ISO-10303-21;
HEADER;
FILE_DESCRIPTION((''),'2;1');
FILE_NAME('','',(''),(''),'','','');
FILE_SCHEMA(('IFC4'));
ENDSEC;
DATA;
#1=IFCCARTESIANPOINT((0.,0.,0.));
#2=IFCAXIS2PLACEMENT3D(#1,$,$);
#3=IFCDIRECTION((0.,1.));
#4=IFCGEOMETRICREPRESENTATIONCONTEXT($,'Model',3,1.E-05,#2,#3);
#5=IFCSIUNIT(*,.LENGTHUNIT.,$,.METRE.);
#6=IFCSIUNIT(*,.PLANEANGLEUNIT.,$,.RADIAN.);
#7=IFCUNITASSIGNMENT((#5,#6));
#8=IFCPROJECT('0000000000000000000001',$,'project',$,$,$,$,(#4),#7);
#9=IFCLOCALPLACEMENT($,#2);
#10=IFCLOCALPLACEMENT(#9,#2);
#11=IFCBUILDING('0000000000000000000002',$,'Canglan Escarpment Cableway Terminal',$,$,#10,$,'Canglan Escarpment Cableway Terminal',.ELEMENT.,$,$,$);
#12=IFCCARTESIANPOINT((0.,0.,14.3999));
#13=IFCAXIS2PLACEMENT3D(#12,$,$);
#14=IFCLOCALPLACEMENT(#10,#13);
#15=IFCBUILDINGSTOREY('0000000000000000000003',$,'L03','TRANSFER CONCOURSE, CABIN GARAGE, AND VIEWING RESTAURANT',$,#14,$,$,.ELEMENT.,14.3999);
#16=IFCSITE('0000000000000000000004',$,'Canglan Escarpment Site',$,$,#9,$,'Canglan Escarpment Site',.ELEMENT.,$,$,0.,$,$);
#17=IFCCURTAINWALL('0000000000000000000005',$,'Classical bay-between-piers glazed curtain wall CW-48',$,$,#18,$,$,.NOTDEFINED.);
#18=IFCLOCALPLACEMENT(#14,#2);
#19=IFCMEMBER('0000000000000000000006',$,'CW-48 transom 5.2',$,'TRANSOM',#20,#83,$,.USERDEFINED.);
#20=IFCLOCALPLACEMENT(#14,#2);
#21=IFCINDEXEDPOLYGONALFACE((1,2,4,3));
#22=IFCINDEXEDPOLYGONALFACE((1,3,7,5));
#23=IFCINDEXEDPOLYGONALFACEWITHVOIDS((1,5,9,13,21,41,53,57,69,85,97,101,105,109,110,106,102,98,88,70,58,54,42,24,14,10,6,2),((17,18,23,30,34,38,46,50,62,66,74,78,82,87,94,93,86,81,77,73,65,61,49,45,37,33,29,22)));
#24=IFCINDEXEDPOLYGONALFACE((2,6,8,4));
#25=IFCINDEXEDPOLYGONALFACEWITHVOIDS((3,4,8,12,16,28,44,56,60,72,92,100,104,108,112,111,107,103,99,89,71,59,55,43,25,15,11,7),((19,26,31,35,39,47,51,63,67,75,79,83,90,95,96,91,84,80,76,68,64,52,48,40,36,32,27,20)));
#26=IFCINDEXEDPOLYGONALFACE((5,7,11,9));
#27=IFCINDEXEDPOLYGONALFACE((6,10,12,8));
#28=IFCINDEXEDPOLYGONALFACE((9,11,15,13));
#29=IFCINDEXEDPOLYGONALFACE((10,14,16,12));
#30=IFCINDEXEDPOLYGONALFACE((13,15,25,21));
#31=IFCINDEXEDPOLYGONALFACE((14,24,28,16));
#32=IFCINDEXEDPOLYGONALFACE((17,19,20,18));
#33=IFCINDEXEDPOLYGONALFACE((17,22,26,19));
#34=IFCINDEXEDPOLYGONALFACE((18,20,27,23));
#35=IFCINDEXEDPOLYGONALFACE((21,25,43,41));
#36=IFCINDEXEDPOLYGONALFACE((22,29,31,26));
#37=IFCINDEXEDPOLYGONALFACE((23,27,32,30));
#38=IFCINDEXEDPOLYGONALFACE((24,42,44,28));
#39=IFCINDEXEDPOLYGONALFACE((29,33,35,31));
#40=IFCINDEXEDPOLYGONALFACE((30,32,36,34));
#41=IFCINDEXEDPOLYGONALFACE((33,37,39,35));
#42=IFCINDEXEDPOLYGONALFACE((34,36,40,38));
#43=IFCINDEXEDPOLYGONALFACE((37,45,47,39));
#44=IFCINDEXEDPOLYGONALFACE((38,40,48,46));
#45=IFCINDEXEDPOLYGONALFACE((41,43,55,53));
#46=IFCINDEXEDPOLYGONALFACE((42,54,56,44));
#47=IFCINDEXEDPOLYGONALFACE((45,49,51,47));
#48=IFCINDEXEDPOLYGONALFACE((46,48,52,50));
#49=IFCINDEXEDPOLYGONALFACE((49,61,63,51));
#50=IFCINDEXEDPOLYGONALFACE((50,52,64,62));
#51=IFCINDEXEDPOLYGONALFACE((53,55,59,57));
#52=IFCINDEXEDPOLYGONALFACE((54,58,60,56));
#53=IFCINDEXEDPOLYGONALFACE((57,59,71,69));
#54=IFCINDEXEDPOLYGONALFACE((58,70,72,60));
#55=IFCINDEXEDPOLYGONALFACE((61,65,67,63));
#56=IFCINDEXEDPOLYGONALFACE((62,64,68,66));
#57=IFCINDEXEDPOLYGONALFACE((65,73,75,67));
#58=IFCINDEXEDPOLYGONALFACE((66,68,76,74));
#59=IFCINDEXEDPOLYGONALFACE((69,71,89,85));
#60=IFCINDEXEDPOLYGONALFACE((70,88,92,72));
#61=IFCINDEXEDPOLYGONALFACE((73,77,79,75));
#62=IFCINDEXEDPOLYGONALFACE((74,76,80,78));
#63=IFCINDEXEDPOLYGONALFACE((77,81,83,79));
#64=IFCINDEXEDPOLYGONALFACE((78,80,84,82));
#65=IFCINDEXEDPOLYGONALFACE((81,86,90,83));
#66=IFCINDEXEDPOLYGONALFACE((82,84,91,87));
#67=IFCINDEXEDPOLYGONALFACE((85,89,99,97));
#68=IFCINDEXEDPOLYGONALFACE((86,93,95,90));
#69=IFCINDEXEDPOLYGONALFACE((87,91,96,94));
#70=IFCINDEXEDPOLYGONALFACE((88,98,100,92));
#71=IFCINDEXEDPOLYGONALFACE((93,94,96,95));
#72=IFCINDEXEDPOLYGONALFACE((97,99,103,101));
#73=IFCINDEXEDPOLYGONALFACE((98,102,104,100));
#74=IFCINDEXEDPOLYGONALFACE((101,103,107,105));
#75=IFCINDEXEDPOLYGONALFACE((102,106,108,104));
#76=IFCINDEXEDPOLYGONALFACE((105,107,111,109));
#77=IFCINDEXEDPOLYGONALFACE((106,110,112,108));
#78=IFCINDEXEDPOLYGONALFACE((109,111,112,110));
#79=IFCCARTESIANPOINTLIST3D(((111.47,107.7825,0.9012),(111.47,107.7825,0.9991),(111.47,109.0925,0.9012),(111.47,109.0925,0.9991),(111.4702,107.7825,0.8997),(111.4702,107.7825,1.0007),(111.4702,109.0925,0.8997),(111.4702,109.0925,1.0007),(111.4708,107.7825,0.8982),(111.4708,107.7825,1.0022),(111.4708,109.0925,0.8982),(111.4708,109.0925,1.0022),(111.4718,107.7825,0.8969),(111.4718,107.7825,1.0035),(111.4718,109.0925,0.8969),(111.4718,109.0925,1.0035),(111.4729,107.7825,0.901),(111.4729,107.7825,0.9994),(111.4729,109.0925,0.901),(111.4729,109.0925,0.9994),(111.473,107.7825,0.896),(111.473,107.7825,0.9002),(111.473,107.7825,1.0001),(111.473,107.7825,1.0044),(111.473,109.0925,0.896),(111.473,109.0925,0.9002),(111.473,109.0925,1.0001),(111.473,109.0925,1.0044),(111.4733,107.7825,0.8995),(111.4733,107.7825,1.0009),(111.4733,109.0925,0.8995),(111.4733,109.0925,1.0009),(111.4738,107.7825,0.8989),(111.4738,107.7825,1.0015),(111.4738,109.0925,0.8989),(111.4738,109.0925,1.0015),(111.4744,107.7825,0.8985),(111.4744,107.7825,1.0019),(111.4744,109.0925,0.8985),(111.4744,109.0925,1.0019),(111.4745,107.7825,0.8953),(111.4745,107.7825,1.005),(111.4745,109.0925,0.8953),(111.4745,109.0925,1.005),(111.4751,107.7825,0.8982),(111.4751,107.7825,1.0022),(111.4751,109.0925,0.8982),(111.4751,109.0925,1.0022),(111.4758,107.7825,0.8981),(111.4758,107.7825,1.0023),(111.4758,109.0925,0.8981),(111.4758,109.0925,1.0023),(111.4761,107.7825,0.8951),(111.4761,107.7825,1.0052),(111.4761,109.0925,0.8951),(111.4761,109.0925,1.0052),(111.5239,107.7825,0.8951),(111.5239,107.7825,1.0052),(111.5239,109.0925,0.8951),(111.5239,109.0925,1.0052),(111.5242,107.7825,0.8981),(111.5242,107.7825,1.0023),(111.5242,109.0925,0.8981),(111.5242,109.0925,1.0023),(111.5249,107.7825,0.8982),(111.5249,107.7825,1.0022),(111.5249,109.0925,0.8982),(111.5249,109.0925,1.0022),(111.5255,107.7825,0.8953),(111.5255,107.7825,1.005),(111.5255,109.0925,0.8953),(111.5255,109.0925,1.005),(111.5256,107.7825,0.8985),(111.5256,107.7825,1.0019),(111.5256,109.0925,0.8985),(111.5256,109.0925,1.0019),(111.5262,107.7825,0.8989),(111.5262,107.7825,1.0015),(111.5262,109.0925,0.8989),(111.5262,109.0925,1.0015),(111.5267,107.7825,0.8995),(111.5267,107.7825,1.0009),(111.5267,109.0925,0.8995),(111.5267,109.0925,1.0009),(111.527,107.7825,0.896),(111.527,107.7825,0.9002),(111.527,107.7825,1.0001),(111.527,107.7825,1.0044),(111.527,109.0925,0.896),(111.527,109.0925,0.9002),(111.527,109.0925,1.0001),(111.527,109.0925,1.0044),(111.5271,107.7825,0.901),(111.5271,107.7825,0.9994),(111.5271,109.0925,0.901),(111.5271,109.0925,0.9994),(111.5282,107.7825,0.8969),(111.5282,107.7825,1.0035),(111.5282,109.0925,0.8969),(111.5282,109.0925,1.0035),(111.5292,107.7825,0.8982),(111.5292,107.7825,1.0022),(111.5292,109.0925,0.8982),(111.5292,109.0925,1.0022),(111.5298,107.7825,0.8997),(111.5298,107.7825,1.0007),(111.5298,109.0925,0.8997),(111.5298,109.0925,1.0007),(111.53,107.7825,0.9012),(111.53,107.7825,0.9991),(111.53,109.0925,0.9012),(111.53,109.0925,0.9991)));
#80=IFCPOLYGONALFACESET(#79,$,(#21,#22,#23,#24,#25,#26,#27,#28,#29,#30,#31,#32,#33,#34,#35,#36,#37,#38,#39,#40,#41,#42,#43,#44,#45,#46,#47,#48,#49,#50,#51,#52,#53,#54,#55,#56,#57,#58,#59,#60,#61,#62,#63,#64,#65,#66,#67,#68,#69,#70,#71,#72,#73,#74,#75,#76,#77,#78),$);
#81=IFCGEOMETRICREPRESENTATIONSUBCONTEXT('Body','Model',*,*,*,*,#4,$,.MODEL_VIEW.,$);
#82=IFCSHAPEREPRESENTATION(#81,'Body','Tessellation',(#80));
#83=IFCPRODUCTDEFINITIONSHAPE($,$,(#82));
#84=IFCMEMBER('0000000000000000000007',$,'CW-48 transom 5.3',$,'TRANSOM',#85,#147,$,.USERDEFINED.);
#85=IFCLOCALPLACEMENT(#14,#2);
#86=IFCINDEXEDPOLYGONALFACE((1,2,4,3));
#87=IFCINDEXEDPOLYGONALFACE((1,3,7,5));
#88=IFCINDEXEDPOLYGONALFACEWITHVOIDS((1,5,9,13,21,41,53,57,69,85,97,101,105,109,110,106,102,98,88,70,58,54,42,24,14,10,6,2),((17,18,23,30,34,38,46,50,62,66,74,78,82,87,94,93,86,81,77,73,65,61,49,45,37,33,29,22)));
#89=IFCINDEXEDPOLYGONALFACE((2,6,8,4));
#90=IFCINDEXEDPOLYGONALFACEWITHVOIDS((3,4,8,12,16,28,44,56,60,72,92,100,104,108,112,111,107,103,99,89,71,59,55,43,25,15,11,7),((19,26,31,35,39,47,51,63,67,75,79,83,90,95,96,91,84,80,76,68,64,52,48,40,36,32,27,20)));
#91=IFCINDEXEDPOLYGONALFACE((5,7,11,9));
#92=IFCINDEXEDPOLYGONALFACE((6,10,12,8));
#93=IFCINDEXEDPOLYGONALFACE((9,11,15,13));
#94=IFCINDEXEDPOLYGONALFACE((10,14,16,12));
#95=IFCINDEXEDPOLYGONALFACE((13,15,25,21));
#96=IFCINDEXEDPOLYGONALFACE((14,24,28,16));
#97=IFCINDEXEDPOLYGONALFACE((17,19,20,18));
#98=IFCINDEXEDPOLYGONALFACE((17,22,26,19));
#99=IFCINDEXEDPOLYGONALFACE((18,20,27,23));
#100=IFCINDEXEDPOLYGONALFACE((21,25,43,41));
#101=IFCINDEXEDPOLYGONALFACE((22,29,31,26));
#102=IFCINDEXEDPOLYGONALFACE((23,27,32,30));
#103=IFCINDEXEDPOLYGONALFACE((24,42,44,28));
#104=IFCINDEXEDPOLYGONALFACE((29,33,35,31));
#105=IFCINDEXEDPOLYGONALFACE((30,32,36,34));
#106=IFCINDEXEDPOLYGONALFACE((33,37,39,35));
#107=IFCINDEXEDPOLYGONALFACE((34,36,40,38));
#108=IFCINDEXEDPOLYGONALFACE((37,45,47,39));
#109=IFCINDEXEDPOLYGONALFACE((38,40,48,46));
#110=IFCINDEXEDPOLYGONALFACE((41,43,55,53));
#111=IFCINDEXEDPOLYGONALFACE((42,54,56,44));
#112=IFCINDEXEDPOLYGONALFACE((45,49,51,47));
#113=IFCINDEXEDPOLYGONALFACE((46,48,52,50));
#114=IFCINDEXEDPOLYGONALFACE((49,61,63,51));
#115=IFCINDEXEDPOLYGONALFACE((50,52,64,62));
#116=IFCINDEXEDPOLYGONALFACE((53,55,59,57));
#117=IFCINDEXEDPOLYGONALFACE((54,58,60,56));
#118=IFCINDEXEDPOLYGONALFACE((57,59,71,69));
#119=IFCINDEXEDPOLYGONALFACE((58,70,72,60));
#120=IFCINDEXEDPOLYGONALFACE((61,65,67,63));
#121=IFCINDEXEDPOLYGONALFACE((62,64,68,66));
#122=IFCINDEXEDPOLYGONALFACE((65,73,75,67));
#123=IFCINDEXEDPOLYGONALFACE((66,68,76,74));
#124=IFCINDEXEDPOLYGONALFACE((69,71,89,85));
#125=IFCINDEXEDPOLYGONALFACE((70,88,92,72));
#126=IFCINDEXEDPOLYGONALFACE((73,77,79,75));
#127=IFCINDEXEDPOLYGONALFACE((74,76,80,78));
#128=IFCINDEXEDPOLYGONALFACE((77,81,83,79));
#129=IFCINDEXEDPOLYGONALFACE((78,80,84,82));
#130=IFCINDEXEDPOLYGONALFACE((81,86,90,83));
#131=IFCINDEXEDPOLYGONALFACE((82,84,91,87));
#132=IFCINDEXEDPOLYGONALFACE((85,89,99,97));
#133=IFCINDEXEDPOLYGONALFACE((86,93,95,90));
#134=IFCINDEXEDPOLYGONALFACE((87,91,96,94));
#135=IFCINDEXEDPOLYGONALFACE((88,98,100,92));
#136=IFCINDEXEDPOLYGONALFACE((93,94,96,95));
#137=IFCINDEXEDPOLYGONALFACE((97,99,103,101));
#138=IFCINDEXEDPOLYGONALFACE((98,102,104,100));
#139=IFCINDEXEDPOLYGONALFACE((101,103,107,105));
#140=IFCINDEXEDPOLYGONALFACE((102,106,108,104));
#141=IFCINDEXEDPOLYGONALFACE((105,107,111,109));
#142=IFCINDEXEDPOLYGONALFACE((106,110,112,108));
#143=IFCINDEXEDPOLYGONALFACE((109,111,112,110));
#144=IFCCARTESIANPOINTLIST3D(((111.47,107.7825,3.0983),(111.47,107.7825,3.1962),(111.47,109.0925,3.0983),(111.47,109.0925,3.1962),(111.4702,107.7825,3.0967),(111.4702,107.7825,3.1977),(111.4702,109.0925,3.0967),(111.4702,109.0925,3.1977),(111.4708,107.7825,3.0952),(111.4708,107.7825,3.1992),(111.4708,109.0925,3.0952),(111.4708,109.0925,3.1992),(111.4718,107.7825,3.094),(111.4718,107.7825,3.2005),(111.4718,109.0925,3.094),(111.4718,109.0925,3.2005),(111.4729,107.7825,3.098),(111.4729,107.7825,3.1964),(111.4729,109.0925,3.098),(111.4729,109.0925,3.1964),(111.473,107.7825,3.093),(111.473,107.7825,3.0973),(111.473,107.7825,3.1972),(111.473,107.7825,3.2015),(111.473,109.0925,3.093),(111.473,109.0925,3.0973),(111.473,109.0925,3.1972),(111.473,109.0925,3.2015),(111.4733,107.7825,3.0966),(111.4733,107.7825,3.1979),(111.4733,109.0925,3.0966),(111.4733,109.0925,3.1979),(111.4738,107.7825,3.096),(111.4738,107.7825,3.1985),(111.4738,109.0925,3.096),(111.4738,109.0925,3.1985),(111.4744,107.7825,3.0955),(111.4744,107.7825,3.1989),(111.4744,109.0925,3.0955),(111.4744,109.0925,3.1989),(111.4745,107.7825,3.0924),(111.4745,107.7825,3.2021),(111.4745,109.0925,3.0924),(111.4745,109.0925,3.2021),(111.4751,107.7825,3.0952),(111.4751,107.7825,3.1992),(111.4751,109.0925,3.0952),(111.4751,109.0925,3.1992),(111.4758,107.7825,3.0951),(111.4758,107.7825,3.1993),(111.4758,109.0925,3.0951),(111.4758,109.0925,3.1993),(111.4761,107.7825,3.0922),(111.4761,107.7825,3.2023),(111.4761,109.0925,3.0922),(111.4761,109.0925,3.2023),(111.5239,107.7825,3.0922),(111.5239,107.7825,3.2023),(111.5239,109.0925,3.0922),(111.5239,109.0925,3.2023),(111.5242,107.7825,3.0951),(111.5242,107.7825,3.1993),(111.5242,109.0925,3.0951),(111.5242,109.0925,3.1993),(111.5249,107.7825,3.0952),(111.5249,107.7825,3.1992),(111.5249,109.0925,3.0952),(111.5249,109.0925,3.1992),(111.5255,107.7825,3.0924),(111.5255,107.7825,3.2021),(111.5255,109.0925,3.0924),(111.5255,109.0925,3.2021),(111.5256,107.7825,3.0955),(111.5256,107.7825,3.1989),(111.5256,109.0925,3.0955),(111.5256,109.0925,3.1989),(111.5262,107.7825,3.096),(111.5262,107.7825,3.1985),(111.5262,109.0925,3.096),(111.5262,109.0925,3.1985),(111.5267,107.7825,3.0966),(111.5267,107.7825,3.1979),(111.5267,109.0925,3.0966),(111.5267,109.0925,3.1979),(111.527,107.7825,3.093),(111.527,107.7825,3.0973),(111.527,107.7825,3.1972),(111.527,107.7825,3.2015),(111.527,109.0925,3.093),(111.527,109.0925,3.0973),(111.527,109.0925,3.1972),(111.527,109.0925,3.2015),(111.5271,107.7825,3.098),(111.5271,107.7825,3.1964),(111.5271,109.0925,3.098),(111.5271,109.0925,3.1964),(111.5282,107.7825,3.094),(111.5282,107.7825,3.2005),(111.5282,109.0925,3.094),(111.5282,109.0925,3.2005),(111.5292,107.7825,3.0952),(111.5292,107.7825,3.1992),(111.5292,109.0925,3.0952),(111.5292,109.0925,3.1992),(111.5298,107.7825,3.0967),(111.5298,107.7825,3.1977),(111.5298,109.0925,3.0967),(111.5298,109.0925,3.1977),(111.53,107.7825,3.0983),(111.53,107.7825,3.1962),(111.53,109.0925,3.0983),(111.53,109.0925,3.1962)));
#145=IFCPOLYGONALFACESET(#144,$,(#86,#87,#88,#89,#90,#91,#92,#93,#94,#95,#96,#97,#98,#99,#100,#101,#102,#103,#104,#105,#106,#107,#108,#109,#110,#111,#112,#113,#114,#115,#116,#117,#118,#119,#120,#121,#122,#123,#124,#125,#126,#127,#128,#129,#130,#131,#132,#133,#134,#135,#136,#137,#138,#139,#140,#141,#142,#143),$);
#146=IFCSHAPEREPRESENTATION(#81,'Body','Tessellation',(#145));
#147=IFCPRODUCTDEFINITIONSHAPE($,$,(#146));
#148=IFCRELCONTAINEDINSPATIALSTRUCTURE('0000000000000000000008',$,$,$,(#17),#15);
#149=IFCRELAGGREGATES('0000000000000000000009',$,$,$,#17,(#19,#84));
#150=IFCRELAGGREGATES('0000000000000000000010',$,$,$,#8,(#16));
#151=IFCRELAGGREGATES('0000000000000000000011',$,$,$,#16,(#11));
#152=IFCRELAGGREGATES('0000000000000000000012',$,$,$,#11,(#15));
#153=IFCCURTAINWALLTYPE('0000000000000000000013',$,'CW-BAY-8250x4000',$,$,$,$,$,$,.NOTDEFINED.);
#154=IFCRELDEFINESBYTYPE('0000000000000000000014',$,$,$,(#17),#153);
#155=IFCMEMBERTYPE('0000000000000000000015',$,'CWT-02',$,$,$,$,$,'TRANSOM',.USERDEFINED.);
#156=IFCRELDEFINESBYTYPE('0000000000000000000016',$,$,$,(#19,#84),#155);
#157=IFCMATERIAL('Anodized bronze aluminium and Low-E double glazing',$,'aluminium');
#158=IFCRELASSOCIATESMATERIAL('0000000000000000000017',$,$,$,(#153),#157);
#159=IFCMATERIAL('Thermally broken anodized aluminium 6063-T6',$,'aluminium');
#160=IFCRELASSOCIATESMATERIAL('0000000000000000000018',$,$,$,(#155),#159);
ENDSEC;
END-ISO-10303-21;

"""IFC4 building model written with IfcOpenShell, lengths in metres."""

from ifc_helpers import new_model, si_unit, direction, frame, origin, origin_2d, place, context, subcontext, project, spatial, hollow_rectangle, extrude, material, material_profile, profile_set, type_object, element, aggregate, save


model = new_model("IFC4")

# Units and contexts
model_context = context("Model", 3, precision=1e-05, world=origin(), true_north=direction((0.0, 1.0)))
body_context = subcontext(model_context, "Body", "Model", "MODEL_VIEW")
ifc_project = project(units=[si_unit("LENGTHUNIT", "METRE"), si_unit("PLANEANGLEUNIT", "RADIAN")], contexts=[model_context])

# Site, building, storey
site_placement = place(None, origin())
site = spatial("IfcSite", under=ifc_project, at=site_placement, Name="Canglan Escarpment Site", LongName="Canglan Escarpment Site", CompositionType="ELEMENT", RefElevation=0.0)
building_placement = place(site_placement, origin())
building = spatial("IfcBuilding", under=site, at=building_placement, Name="Canglan Escarpment Cableway Terminal", LongName="Canglan Escarpment Cableway Terminal", CompositionType="ELEMENT")
storey_placement = place(building_placement, frame((0.0, 0.0, 14.3999)))
storey = spatial("IfcBuildingStorey", under=building, at=storey_placement, Name="L03", Description="TRANSFER CONCOURSE, CABIN GARAGE, AND VIEWING RESTAURANT", CompositionType="ELEMENT", Elevation=14.3999)

# Curtain wall, members
ifc_material_1 = material(Name="Anodized bronze aluminium and Low-E double glazing", Category="aluminium")
ifc_material_2 = material(Name="Thermally broken anodized aluminium 6063-T6", Category="aluminium")
curtain_wall_type_1 = type_object("IfcCurtainWallType", Name="CW-BAY-8250x4000", PredefinedType="NOTDEFINED", material=ifc_material_1)
curtain_wall_1_placement = place(storey_placement, origin())
curtain_wall_1 = element("IfcCurtainWall", 1, at=curtain_wall_1_placement, inside=storey, type_object=curtain_wall_type_1, Name="Classical bay-between-piers glazed curtain wall CW-48", PredefinedType="NOTDEFINED")
ifc_material_profile_1 = material_profile(ifc_material_2, hollow_rectangle(XDim=0.0601, YDim=0.1101, WallThickness=0.0029, InnerFilletRadius=0.0029, OuterFilletRadius=0.0061, at=origin_2d()), Name="ALU-TRAN 60x110x3")
ifc_profile_set_1 = profile_set([ifc_material_profile_1], Name="Thermally broken anodized aluminium 6063-T6")
member_type_1 = type_object("IfcMemberType", Name="CWT-02", ElementType="TRANSOM", PredefinedType="USERDEFINED", material=ifc_profile_set_1)
member_1_placement = place(storey_placement, frame((111.5, 109.0925, 0.9502), z_axis=(0.0, -1.0, 0.0), x_axis=(1.0, 0.0, 0.0)))
member_1 = element("IfcMember", 2, at=member_1_placement, type_object=member_type_1, Name="CW-48 transom 5.2", ObjectType="TRANSOM", PredefinedType="USERDEFINED", context=body_context, shape_type="SweptSolid", body=[
    extrude(hollow_rectangle(XDim=0.0601, YDim=0.1101, WallThickness=0.0029, InnerFilletRadius=0.0029, OuterFilletRadius=0.0061, at=origin_2d()), origin(), (0.0, 0.0, 1.0), 1.3101),
])
member_2_placement = place(storey_placement, frame((111.5, 109.0925, 3.1472), z_axis=(0.0, -1.0, 0.0), x_axis=(1.0, 0.0, 0.0)))
member_2 = element("IfcMember", 3, at=member_2_placement, type_object=member_type_1, Name="CW-48 transom 5.3", ObjectType="TRANSOM", PredefinedType="USERDEFINED", context=body_context, shape_type="SweptSolid", body=[
    extrude(hollow_rectangle(XDim=0.0601, YDim=0.1101, WallThickness=0.0029, InnerFilletRadius=0.0029, OuterFilletRadius=0.0061, at=origin_2d()), origin(), (0.0, 0.0, 1.0), 1.3101),
])

aggregate(curtain_wall_1, [member_1, member_2])

save(model, "model.ifc")
